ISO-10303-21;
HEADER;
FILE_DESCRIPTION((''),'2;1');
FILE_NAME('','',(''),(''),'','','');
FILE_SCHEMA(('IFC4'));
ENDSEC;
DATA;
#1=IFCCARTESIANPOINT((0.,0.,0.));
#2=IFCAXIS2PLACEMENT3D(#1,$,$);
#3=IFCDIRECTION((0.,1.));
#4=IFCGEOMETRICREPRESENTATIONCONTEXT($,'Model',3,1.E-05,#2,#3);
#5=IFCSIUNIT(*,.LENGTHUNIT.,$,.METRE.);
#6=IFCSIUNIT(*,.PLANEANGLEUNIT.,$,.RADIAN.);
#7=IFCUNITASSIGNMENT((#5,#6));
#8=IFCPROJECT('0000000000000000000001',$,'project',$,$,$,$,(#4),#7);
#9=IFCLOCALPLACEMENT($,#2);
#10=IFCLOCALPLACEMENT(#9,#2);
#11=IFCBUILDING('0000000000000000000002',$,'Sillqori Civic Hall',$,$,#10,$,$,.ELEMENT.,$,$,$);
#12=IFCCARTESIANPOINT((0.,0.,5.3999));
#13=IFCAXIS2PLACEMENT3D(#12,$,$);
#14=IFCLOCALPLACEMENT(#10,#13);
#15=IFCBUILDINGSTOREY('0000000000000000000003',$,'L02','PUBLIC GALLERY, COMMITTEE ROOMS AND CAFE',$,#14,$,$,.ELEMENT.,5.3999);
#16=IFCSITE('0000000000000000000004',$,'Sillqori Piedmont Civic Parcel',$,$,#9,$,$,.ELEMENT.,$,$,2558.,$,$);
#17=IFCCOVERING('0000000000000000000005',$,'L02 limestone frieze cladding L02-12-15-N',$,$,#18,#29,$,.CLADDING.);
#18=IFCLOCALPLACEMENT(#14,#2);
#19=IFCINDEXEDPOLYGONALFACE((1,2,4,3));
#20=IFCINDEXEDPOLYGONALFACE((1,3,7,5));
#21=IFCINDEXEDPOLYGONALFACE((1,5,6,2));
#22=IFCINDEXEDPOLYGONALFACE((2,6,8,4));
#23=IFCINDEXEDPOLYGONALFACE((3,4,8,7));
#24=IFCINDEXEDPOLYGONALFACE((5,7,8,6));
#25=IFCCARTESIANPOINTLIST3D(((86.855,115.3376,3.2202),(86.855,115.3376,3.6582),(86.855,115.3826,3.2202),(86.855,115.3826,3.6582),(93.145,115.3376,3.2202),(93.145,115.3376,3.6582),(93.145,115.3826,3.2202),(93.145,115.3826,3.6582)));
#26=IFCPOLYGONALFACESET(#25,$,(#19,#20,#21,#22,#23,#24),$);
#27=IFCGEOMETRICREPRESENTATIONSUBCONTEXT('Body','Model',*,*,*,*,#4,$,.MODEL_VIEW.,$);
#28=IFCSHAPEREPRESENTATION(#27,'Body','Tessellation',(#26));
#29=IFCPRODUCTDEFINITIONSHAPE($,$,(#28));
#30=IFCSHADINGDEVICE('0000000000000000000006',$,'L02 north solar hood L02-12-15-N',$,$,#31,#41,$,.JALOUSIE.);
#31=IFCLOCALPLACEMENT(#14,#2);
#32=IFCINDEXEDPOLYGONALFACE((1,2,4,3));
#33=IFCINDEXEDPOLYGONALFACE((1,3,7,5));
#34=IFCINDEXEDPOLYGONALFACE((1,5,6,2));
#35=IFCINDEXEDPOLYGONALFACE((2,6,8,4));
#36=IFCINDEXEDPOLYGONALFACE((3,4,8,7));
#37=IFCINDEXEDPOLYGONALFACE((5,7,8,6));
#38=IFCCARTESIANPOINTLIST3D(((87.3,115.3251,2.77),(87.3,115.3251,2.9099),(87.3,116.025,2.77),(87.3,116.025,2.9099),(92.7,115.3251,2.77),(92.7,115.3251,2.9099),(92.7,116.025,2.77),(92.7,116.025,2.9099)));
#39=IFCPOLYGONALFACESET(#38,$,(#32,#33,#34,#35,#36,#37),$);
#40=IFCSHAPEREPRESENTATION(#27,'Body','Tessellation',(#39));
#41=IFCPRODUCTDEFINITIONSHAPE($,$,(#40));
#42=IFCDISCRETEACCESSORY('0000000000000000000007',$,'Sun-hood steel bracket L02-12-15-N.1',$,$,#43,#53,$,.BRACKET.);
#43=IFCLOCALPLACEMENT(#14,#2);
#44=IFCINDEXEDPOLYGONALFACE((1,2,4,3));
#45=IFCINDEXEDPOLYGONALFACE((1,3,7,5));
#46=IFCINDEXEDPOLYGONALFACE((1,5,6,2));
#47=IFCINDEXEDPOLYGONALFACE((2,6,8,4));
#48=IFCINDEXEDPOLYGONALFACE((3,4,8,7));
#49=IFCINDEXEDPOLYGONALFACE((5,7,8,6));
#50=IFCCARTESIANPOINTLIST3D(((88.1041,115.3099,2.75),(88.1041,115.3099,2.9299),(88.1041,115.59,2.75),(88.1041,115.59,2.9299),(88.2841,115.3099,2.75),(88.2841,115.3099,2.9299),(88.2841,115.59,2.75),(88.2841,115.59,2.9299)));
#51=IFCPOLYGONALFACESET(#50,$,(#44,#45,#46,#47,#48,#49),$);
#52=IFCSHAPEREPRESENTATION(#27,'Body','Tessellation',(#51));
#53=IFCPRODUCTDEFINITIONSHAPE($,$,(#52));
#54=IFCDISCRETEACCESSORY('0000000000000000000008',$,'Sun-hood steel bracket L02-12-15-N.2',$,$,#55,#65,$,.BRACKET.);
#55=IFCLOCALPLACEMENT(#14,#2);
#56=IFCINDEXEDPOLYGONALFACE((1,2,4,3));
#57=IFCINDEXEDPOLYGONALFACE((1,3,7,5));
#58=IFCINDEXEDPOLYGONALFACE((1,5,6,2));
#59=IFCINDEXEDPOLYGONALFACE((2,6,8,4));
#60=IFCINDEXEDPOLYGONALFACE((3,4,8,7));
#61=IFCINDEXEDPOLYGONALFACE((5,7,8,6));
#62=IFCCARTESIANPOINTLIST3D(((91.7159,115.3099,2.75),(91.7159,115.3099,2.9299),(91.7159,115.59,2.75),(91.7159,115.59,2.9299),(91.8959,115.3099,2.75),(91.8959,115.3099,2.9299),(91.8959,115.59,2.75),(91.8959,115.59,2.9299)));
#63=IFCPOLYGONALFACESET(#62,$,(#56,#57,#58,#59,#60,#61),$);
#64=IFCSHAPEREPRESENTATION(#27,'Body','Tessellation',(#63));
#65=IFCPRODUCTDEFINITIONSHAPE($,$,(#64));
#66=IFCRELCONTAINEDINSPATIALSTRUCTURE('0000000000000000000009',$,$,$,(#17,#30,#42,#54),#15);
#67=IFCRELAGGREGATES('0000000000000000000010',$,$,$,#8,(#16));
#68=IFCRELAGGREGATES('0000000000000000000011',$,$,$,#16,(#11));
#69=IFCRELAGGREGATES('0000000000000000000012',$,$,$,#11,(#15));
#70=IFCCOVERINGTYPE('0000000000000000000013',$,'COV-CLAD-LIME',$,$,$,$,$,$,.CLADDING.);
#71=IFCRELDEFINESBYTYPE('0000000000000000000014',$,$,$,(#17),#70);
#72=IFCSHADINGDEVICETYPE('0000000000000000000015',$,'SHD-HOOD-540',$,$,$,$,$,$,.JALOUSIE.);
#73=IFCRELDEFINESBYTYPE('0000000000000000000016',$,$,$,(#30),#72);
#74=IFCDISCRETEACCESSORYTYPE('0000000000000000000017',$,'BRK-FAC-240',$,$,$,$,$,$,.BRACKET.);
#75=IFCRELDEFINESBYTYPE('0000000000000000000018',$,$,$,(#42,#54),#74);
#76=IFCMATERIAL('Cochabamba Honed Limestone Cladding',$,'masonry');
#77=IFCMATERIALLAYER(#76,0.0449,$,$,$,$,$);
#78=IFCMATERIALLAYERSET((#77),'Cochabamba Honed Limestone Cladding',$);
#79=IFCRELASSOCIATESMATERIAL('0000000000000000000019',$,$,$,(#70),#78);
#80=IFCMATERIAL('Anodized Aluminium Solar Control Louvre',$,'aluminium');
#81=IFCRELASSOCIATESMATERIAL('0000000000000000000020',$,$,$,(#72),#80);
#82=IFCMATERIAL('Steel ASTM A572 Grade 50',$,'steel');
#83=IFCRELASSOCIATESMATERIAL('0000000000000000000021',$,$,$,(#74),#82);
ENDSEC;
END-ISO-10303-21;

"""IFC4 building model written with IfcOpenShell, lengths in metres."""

from ifc_helpers import new_model, si_unit, direction, frame, frame_2d, origin, origin_2d, place, context, subcontext, project, spatial, rectangle, extrude, material, layer, layer_set, type_object, element, save


model = new_model("IFC4")

# Units and contexts
model_context = context("Model", 3, precision=1e-05, world=origin(), true_north=direction((0.0, 1.0)))
body_context = subcontext(model_context, "Body", "Model", "MODEL_VIEW")
ifc_project = project(units=[si_unit("LENGTHUNIT", "METRE"), si_unit("PLANEANGLEUNIT", "RADIAN")], contexts=[model_context])

# Site, building, storey
site_placement = place(None, origin())
site = spatial("IfcSite", under=ifc_project, at=site_placement, Name="Sillqori Piedmont Civic Parcel", CompositionType="ELEMENT", RefElevation=2558.0)
building_placement = place(site_placement, origin())
building = spatial("IfcBuilding", under=site, at=building_placement, Name="Sillqori Civic Hall", CompositionType="ELEMENT")
storey_placement = place(building_placement, frame((0.0, 0.0, 5.3999)))
storey = spatial("IfcBuildingStorey", under=building, at=storey_placement, Name="L02", Description="PUBLIC GALLERY, COMMITTEE ROOMS AND CAFE", CompositionType="ELEMENT", Elevation=5.3999)

# Covering
ifc_material_1 = material(Name="Cochabamba Honed Limestone Cladding", Category="masonry")
ifc_layer_1 = layer(ifc_material_1, 0.0449)
ifc_layer_set_1 = layer_set([ifc_layer_1], Name="Cochabamba Honed Limestone Cladding")
covering_type = type_object("IfcCoveringType", Name="COV-CLAD-LIME", PredefinedType="CLADDING", material=ifc_layer_set_1)
covering_1_placement = place(storey_placement, frame((86.855, 115.3601, 3.2202), z_axis=(0.0, 0.0, 1.0), x_axis=(1.0, 0.0, 0.0)))
element("IfcCovering", 1, at=covering_1_placement, inside=storey, type_object=covering_type, Name="L02 limestone frieze cladding L02-12-15-N", PredefinedType="CLADDING", context=body_context, shape_type="SweptSolid", body=[
    extrude(rectangle(XDim=6.29, YDim=0.0449, at=frame_2d((3.145, 0.0))), origin(), (0.0, 0.0, 1.0), 0.438),
])

# Shading device
ifc_material_2 = material(Name="Anodized Aluminium Solar Control Louvre", Category="aluminium")
shading_device_type = type_object("IfcShadingDeviceType", Name="SHD-HOOD-540", PredefinedType="JALOUSIE", material=ifc_material_2)
shading_device_placement = place(storey_placement, frame((90.0, 115.675, 2.77), z_axis=(0.0, 0.0, 1.0), x_axis=(1.0, 0.0, 0.0)))
element("IfcShadingDevice", 2, at=shading_device_placement, inside=storey, type_object=shading_device_type, Name="L02 north solar hood L02-12-15-N", PredefinedType="JALOUSIE", context=body_context, shape_type="SweptSolid", body=[
    extrude(rectangle(XDim=5.3999, YDim=0.7, at=origin_2d()), origin(), (0.0, 0.0, 1.0), 0.1399),
])

# Discrete accessories
ifc_material_3 = material(Name="Steel ASTM A572 Grade 50", Category="steel")
discrete_accessory_type = type_object("IfcDiscreteAccessoryType", Name="BRK-FAC-240", PredefinedType="BRACKET", material=ifc_material_3)
for number, where, z_axis, x_axis, name in (
    (3, (88.1941, 115.45, 2.75), (0.0, 0.0, 1.0), (1.0, 0.0, 0.0), "Sun-hood steel bracket L02-12-15-N.1"),
    (4, (91.8059, 115.45, 2.75), (0.0, 0.0, 1.0), (1.0, 0.0, 0.0), "Sun-hood steel bracket L02-12-15-N.2"),
):
    element("IfcDiscreteAccessory", number, at=place(storey_placement, frame(where, z_axis=z_axis, x_axis=x_axis)), inside=storey, type_object=discrete_accessory_type, Name=name, PredefinedType="BRACKET", context=body_context, shape_type="SweptSolid", body=[
        extrude(rectangle(XDim=0.1799, YDim=0.28, at=origin_2d()), origin(), (0.0, 0.0, 1.0), 0.1799),
    ])

save(model, "model.ifc")
